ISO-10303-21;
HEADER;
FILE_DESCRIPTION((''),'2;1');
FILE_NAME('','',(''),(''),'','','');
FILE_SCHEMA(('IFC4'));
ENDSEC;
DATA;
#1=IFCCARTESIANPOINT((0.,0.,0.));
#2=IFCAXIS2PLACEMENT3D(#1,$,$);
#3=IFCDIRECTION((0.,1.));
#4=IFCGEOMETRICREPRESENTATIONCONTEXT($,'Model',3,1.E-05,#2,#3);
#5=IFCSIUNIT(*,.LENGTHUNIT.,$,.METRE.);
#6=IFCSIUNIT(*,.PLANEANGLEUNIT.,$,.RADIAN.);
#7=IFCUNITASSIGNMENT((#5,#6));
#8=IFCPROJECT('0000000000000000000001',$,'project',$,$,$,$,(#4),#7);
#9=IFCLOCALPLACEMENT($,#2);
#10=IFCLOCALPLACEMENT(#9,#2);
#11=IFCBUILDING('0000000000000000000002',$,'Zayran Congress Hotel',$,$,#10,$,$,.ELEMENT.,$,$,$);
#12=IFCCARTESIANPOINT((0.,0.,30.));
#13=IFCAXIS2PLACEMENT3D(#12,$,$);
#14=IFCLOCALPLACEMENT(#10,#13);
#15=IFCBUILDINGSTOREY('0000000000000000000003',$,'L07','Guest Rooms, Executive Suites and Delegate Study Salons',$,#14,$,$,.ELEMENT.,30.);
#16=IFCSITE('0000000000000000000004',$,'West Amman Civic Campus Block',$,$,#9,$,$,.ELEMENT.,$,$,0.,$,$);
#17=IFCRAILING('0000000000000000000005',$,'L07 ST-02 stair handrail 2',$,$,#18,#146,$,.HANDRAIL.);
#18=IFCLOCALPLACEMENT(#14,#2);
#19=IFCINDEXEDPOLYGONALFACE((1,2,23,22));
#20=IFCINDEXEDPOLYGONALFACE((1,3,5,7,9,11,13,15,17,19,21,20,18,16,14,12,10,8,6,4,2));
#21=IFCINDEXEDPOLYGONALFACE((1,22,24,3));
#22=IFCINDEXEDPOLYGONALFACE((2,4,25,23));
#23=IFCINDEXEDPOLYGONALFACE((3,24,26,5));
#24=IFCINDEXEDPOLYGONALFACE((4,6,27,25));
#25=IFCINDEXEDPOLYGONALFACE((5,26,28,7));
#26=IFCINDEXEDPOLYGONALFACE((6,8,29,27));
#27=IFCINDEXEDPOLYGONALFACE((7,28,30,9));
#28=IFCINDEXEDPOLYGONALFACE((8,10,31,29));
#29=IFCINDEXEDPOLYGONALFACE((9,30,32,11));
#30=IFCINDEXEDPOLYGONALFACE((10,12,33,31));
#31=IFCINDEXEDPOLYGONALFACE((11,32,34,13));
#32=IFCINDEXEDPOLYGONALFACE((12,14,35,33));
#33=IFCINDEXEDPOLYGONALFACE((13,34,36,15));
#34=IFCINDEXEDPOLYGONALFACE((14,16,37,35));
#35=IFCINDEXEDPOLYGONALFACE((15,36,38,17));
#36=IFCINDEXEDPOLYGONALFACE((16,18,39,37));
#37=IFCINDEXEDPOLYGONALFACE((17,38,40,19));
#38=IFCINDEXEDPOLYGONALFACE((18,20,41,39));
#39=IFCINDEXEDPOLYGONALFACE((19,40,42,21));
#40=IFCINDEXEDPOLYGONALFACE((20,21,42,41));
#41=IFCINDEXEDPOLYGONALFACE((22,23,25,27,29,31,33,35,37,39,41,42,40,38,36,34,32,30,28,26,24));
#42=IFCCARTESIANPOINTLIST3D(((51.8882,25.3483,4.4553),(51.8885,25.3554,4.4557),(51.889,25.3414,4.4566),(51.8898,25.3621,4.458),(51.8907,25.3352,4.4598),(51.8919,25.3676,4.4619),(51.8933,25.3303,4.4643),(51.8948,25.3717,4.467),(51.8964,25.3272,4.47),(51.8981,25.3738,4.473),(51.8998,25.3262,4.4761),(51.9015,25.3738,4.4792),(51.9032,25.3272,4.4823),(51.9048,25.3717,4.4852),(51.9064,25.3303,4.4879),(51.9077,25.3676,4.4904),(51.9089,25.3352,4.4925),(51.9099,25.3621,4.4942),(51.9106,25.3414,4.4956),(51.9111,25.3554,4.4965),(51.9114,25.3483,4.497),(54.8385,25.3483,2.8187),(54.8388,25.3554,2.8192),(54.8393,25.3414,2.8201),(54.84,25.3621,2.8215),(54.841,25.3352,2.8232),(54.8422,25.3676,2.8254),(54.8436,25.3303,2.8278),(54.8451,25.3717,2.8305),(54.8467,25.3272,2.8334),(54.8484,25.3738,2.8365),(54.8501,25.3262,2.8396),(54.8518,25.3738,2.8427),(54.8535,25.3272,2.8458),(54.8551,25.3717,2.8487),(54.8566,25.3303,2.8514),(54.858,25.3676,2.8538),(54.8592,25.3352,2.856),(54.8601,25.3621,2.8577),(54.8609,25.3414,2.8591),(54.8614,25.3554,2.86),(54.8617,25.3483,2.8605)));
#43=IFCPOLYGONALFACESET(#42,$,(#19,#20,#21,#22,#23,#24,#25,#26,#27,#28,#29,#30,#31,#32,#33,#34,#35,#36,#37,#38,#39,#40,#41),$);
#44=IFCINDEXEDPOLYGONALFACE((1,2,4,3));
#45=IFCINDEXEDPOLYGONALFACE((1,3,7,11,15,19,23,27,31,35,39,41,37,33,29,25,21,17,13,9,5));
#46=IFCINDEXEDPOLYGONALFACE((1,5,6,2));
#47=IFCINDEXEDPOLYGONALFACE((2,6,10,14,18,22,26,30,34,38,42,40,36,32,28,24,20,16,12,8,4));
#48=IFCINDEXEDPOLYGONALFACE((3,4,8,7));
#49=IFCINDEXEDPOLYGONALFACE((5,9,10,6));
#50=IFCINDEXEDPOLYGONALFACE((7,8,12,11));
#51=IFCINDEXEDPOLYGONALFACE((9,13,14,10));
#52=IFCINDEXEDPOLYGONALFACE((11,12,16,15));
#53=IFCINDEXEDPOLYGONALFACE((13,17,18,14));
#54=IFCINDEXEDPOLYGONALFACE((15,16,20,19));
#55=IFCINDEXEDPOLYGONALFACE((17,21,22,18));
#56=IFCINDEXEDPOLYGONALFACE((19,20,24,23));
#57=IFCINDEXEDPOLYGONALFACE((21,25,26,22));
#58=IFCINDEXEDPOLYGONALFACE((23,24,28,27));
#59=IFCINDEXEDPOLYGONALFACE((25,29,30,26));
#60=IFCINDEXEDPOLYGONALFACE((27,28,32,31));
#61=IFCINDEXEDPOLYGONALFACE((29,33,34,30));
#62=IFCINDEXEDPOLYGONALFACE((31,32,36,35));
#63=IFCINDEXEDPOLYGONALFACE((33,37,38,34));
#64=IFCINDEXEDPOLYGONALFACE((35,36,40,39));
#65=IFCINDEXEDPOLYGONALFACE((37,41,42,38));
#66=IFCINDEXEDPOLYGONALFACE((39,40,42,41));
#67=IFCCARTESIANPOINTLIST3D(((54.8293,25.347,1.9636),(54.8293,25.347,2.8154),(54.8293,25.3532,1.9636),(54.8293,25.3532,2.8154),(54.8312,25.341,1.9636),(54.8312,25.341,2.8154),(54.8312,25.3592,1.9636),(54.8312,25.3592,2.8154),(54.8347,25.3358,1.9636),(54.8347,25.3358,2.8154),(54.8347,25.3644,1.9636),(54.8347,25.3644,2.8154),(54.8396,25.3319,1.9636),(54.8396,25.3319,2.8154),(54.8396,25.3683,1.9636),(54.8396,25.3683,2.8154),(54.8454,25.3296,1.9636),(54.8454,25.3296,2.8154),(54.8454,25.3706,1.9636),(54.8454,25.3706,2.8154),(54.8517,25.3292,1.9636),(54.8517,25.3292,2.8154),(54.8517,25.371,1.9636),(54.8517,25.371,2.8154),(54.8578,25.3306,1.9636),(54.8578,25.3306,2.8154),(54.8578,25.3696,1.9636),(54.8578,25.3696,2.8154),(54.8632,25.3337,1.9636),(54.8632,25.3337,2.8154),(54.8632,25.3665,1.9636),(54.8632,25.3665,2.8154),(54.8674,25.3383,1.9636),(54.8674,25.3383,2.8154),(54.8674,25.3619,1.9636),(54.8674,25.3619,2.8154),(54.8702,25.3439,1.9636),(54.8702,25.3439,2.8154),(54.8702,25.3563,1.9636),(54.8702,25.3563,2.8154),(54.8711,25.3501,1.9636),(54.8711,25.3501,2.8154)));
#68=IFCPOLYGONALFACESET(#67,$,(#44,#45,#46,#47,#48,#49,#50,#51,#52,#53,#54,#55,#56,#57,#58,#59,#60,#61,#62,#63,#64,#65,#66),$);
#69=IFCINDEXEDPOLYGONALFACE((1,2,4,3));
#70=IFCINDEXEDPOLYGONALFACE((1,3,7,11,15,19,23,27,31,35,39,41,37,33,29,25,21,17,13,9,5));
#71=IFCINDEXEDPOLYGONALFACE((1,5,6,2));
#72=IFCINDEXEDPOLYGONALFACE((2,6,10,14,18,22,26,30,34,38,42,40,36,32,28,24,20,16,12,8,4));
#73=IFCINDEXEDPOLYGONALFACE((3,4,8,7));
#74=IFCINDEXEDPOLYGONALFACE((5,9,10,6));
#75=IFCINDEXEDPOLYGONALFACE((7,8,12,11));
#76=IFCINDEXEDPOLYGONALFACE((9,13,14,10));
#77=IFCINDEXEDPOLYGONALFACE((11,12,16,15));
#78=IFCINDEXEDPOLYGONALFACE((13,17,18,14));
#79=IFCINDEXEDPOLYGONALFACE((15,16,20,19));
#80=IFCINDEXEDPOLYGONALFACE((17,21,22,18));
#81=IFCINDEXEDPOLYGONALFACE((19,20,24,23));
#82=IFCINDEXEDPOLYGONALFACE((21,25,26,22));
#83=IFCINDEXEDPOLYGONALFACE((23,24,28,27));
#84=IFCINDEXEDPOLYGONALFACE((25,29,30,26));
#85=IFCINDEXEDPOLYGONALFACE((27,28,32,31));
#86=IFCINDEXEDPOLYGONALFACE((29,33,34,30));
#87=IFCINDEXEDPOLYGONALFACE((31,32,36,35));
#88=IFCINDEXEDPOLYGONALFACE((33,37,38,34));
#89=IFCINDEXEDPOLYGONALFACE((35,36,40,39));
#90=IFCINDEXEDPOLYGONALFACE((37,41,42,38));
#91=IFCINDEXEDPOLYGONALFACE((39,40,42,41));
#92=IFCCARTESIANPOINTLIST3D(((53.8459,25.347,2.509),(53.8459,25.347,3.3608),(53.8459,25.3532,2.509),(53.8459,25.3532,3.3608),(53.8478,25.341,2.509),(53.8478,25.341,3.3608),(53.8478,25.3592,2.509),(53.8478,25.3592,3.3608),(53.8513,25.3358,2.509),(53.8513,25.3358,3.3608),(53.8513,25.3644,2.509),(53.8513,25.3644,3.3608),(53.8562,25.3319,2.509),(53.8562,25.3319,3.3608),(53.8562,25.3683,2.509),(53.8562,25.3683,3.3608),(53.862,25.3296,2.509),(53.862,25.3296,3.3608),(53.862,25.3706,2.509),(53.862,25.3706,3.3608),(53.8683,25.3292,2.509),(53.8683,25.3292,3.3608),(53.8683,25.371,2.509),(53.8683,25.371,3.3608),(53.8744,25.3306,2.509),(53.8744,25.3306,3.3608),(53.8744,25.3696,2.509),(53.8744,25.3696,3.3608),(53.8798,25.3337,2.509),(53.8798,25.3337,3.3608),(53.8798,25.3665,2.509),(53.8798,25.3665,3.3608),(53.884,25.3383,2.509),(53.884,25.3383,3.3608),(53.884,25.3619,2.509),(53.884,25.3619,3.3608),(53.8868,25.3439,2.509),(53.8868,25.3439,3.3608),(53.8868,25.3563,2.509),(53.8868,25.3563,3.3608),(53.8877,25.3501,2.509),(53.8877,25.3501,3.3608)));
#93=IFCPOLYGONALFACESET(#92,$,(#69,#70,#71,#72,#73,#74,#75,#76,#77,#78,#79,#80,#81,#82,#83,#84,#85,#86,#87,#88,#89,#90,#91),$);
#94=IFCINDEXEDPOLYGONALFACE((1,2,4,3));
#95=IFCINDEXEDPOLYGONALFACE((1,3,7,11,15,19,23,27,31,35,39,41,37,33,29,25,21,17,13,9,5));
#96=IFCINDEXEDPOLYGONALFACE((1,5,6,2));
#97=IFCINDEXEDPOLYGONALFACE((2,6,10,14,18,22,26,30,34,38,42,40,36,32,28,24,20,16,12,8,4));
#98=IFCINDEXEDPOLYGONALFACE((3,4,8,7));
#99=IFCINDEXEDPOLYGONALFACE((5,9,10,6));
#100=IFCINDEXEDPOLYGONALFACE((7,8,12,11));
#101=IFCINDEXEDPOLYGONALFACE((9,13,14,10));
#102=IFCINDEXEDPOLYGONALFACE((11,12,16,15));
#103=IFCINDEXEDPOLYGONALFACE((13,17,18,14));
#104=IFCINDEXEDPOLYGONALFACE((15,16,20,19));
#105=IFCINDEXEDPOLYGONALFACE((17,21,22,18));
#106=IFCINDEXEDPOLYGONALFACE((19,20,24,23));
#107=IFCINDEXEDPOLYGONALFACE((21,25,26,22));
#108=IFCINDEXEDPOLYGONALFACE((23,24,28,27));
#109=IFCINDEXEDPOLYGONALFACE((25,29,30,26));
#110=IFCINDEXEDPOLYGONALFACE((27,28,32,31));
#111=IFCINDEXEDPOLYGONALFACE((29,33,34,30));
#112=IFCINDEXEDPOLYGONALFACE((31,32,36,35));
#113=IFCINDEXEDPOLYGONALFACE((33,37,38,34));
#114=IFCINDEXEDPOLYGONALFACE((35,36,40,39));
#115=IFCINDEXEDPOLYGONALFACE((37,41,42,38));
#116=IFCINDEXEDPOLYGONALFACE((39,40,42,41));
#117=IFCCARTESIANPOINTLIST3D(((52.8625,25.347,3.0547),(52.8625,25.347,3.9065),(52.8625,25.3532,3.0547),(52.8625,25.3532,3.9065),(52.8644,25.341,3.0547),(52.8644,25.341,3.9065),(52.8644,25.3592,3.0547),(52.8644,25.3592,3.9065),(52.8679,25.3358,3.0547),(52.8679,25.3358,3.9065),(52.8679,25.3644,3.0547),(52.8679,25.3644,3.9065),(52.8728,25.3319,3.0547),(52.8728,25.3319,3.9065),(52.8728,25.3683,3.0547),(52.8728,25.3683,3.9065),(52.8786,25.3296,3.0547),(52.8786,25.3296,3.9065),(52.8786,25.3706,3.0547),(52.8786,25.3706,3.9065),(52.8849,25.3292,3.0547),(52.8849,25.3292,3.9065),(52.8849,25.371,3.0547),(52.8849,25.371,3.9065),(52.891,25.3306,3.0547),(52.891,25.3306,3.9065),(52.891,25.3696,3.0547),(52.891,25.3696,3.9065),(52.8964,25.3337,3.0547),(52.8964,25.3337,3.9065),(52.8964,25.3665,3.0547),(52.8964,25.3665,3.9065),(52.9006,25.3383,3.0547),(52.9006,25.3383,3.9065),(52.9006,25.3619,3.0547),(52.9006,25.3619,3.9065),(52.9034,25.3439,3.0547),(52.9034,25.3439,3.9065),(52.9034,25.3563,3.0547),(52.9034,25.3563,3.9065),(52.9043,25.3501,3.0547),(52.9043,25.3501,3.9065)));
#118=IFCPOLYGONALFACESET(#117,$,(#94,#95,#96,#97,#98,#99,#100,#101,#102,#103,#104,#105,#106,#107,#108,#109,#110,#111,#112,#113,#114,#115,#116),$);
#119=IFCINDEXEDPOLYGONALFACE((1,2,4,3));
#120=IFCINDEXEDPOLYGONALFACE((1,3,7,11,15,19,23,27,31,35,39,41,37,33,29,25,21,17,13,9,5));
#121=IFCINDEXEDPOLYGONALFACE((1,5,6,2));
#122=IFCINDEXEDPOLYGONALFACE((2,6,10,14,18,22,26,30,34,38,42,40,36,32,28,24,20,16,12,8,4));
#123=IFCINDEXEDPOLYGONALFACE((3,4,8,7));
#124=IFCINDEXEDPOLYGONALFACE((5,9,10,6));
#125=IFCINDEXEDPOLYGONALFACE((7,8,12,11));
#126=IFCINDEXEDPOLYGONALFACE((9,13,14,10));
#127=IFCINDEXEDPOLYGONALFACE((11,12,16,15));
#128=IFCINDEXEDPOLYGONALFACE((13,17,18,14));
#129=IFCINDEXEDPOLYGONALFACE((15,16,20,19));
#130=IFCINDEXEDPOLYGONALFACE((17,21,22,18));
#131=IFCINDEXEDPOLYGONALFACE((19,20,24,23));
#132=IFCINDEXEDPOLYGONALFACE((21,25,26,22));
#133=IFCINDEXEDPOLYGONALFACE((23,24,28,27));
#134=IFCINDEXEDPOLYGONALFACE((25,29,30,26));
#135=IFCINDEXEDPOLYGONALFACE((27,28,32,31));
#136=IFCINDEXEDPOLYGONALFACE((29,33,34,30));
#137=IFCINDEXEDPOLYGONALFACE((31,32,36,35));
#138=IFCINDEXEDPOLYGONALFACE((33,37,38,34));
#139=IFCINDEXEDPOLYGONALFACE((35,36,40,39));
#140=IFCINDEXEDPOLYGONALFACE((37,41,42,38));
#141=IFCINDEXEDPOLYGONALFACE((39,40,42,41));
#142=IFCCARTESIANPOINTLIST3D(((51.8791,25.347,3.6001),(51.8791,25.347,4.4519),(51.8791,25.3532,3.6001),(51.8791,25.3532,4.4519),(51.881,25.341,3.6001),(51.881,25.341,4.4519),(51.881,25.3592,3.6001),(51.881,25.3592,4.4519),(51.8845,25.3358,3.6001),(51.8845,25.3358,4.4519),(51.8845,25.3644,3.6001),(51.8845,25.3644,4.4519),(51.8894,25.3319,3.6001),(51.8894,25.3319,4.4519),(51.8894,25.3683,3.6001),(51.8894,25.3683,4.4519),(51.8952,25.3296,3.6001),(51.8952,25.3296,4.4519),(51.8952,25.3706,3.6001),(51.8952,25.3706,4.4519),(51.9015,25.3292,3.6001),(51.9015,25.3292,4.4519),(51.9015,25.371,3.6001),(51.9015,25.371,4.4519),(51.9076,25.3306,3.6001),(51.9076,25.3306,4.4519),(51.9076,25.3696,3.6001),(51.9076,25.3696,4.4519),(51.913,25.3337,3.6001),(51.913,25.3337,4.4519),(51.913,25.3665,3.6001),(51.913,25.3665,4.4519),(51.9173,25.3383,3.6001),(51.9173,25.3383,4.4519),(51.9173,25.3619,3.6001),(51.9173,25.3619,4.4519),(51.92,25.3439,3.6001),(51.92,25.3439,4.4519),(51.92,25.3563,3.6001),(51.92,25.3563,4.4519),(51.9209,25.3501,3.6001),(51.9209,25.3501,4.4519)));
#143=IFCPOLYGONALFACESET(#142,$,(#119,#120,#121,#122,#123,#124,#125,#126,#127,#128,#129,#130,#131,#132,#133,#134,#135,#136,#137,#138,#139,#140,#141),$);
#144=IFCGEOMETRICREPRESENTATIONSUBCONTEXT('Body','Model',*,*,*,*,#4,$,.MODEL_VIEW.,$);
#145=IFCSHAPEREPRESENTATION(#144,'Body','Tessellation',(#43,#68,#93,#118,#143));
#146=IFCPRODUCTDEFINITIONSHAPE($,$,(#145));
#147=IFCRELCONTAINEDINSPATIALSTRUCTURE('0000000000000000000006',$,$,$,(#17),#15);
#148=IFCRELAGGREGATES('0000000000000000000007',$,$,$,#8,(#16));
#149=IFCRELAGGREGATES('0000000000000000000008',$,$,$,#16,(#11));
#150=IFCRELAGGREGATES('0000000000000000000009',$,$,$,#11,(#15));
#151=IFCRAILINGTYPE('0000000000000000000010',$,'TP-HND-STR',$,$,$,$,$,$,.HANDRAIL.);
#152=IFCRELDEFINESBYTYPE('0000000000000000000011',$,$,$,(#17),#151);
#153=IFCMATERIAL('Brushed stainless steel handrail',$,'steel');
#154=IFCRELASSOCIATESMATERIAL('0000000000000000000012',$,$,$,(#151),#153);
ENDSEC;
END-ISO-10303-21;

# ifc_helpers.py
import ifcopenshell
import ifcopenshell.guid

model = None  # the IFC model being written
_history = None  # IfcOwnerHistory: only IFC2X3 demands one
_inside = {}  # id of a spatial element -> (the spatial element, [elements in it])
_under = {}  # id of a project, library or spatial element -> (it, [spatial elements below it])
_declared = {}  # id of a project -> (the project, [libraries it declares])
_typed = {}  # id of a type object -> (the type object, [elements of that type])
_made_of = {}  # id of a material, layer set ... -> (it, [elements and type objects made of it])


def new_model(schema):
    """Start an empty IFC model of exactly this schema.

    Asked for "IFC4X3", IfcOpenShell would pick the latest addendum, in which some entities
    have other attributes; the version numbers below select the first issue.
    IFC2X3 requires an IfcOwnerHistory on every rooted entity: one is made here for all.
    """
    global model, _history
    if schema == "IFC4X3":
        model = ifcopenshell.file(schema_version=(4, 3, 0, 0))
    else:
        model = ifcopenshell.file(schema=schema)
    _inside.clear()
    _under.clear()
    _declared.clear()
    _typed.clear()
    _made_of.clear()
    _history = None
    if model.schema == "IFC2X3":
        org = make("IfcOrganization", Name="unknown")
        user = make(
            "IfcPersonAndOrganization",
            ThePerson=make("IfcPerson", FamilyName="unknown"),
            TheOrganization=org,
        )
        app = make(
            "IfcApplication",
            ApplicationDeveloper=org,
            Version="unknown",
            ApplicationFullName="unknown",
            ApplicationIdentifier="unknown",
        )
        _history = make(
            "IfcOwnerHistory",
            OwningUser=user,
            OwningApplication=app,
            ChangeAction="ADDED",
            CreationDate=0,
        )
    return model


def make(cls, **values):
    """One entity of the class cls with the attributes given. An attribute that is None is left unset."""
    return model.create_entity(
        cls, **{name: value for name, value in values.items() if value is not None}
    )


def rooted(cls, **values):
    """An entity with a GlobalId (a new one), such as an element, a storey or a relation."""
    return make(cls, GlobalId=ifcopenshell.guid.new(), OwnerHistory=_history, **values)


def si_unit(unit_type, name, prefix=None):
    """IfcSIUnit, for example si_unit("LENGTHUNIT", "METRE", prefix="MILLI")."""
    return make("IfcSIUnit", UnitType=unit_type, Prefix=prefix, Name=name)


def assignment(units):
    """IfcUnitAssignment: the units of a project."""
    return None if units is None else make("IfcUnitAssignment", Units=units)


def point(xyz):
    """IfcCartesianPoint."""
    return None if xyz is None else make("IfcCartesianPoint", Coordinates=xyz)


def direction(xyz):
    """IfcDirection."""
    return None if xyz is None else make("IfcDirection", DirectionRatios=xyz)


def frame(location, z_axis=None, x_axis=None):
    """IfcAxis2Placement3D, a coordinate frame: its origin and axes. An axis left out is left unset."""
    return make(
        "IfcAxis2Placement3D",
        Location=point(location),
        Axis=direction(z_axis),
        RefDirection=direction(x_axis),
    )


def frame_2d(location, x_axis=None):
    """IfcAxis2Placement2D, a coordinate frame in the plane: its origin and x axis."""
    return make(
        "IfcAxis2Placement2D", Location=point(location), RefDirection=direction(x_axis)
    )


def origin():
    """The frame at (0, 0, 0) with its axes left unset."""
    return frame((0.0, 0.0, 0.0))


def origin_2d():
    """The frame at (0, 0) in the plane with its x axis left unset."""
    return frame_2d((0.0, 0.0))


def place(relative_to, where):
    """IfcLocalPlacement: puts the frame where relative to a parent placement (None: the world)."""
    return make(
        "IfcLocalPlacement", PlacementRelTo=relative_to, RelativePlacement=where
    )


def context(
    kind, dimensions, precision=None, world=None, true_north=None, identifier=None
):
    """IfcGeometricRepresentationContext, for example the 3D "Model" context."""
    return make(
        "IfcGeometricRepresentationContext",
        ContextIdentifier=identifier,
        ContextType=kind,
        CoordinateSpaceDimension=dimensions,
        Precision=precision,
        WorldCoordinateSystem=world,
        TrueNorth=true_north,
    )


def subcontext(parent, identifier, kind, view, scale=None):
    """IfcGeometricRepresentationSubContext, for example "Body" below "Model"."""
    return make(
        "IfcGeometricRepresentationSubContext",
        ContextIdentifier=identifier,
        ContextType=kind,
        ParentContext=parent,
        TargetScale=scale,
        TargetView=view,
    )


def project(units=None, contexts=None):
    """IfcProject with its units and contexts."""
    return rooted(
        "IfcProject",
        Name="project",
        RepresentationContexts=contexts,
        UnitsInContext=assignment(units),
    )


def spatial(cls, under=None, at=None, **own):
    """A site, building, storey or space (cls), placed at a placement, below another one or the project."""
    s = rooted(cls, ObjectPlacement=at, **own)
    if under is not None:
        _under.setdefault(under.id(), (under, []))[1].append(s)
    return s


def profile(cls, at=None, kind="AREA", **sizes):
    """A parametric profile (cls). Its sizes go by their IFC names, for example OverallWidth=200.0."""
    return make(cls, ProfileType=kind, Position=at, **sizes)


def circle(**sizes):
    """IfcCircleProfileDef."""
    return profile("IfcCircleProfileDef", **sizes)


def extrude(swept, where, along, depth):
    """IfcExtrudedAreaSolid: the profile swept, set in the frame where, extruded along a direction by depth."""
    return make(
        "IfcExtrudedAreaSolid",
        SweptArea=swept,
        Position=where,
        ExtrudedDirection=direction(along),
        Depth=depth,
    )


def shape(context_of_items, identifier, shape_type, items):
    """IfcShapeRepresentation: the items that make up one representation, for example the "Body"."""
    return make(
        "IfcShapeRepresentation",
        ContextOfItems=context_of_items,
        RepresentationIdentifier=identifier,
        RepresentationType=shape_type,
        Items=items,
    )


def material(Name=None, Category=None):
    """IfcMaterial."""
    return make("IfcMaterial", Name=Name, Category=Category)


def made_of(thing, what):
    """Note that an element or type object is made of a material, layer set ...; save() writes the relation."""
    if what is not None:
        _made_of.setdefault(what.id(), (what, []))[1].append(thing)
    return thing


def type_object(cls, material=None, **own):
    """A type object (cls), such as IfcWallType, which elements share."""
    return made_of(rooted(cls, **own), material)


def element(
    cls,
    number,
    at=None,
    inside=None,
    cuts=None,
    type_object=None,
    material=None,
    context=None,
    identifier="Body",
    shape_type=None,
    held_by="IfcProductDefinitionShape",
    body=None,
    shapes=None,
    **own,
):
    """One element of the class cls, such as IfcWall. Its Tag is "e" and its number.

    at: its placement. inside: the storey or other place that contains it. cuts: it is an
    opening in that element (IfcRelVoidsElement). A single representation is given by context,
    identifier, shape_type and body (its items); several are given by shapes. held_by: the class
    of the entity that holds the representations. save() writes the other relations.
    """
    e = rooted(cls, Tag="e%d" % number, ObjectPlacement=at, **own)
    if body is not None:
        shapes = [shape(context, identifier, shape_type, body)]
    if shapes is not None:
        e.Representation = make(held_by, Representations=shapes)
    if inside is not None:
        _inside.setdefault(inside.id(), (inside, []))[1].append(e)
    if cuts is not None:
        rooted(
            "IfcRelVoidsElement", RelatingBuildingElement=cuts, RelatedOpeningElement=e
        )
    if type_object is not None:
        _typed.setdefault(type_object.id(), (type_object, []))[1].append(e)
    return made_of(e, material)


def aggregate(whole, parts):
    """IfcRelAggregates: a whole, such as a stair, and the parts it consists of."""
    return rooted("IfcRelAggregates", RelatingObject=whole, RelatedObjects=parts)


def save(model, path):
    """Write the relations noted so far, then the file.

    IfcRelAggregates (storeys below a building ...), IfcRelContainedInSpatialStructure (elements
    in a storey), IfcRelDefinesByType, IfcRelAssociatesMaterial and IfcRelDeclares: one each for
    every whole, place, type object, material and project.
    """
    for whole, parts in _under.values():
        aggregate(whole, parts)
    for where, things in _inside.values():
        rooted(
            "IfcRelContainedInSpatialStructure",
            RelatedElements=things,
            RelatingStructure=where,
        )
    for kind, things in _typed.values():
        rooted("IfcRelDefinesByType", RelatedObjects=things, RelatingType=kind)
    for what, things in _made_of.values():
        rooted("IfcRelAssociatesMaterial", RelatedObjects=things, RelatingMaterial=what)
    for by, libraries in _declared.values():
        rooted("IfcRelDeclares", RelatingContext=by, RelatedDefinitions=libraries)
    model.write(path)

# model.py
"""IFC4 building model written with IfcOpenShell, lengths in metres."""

from ifc_helpers import new_model, si_unit, direction, frame, origin, origin_2d, place, context, subcontext, project, spatial, circle, extrude, material, type_object, element, save


model = new_model("IFC4")

# Units and contexts
model_context = context("Model", 3, precision=1e-05, world=origin(), true_north=direction((0.0, 1.0)))
body_context = subcontext(model_context, "Body", "Model", "MODEL_VIEW")
ifc_project = project(units=[si_unit("LENGTHUNIT", "METRE"), si_unit("PLANEANGLEUNIT", "RADIAN")], contexts=[model_context])

# Site, building, storey
site_placement = place(None, origin())
site = spatial("IfcSite", under=ifc_project, at=site_placement, Name="West Amman Civic Campus Block", CompositionType="ELEMENT", RefElevation=0.0)
building_placement = place(site_placement, origin())
building = spatial("IfcBuilding", under=site, at=building_placement, Name="Zayran Congress Hotel", CompositionType="ELEMENT")
storey_placement = place(building_placement, frame((0.0, 0.0, 30.0)))
storey = spatial("IfcBuildingStorey", under=building, at=storey_placement, Name="L07", Description="Guest Rooms, Executive Suites and Delegate Study Salons", CompositionType="ELEMENT", Elevation=30.0)

# Railing
ifc_material_1 = material(Name="Brushed stainless steel handrail", Category="steel")
railing_type = type_object("IfcRailingType", Name="TP-HND-STR", PredefinedType="HANDRAIL", material=ifc_material_1)
railing_placement = place(storey_placement, frame((54.8501, 25.3501, 1.9636)))
element("IfcRailing", 1, at=railing_placement, inside=storey, type_object=railing_type, Name="L07 ST-02 stair handrail 2", PredefinedType="HANDRAIL", context=body_context, shape_type="SweptSolid", body=[
    extrude(circle(Radius=0.0239, at=origin_2d()), frame((0.0, 0.0, 0.876), z_axis=(-0.874475, 0.0, 0.485071), x_axis=(0.0, -1.0, 0.0)), (0.0, 0.0, 1.0), 3.3738),
    extrude(circle(Radius=0.021, at=origin_2d()), origin(), (0.0, 0.0, 1.0), 0.8518),
    extrude(circle(Radius=0.021, at=origin_2d()), frame((-0.9834, 0.0, 0.5454)), (0.0, 0.0, 1.0), 0.8518),
    extrude(circle(Radius=0.021, at=origin_2d()), frame((-1.9668, 0.0, 1.0911)), (0.0, 0.0, 1.0), 0.8518),
    extrude(circle(Radius=0.021, at=origin_2d()), frame((-2.9502, 0.0, 1.6365)), (0.0, 0.0, 1.0), 0.8518),
])

save(model, "model.ifc")
